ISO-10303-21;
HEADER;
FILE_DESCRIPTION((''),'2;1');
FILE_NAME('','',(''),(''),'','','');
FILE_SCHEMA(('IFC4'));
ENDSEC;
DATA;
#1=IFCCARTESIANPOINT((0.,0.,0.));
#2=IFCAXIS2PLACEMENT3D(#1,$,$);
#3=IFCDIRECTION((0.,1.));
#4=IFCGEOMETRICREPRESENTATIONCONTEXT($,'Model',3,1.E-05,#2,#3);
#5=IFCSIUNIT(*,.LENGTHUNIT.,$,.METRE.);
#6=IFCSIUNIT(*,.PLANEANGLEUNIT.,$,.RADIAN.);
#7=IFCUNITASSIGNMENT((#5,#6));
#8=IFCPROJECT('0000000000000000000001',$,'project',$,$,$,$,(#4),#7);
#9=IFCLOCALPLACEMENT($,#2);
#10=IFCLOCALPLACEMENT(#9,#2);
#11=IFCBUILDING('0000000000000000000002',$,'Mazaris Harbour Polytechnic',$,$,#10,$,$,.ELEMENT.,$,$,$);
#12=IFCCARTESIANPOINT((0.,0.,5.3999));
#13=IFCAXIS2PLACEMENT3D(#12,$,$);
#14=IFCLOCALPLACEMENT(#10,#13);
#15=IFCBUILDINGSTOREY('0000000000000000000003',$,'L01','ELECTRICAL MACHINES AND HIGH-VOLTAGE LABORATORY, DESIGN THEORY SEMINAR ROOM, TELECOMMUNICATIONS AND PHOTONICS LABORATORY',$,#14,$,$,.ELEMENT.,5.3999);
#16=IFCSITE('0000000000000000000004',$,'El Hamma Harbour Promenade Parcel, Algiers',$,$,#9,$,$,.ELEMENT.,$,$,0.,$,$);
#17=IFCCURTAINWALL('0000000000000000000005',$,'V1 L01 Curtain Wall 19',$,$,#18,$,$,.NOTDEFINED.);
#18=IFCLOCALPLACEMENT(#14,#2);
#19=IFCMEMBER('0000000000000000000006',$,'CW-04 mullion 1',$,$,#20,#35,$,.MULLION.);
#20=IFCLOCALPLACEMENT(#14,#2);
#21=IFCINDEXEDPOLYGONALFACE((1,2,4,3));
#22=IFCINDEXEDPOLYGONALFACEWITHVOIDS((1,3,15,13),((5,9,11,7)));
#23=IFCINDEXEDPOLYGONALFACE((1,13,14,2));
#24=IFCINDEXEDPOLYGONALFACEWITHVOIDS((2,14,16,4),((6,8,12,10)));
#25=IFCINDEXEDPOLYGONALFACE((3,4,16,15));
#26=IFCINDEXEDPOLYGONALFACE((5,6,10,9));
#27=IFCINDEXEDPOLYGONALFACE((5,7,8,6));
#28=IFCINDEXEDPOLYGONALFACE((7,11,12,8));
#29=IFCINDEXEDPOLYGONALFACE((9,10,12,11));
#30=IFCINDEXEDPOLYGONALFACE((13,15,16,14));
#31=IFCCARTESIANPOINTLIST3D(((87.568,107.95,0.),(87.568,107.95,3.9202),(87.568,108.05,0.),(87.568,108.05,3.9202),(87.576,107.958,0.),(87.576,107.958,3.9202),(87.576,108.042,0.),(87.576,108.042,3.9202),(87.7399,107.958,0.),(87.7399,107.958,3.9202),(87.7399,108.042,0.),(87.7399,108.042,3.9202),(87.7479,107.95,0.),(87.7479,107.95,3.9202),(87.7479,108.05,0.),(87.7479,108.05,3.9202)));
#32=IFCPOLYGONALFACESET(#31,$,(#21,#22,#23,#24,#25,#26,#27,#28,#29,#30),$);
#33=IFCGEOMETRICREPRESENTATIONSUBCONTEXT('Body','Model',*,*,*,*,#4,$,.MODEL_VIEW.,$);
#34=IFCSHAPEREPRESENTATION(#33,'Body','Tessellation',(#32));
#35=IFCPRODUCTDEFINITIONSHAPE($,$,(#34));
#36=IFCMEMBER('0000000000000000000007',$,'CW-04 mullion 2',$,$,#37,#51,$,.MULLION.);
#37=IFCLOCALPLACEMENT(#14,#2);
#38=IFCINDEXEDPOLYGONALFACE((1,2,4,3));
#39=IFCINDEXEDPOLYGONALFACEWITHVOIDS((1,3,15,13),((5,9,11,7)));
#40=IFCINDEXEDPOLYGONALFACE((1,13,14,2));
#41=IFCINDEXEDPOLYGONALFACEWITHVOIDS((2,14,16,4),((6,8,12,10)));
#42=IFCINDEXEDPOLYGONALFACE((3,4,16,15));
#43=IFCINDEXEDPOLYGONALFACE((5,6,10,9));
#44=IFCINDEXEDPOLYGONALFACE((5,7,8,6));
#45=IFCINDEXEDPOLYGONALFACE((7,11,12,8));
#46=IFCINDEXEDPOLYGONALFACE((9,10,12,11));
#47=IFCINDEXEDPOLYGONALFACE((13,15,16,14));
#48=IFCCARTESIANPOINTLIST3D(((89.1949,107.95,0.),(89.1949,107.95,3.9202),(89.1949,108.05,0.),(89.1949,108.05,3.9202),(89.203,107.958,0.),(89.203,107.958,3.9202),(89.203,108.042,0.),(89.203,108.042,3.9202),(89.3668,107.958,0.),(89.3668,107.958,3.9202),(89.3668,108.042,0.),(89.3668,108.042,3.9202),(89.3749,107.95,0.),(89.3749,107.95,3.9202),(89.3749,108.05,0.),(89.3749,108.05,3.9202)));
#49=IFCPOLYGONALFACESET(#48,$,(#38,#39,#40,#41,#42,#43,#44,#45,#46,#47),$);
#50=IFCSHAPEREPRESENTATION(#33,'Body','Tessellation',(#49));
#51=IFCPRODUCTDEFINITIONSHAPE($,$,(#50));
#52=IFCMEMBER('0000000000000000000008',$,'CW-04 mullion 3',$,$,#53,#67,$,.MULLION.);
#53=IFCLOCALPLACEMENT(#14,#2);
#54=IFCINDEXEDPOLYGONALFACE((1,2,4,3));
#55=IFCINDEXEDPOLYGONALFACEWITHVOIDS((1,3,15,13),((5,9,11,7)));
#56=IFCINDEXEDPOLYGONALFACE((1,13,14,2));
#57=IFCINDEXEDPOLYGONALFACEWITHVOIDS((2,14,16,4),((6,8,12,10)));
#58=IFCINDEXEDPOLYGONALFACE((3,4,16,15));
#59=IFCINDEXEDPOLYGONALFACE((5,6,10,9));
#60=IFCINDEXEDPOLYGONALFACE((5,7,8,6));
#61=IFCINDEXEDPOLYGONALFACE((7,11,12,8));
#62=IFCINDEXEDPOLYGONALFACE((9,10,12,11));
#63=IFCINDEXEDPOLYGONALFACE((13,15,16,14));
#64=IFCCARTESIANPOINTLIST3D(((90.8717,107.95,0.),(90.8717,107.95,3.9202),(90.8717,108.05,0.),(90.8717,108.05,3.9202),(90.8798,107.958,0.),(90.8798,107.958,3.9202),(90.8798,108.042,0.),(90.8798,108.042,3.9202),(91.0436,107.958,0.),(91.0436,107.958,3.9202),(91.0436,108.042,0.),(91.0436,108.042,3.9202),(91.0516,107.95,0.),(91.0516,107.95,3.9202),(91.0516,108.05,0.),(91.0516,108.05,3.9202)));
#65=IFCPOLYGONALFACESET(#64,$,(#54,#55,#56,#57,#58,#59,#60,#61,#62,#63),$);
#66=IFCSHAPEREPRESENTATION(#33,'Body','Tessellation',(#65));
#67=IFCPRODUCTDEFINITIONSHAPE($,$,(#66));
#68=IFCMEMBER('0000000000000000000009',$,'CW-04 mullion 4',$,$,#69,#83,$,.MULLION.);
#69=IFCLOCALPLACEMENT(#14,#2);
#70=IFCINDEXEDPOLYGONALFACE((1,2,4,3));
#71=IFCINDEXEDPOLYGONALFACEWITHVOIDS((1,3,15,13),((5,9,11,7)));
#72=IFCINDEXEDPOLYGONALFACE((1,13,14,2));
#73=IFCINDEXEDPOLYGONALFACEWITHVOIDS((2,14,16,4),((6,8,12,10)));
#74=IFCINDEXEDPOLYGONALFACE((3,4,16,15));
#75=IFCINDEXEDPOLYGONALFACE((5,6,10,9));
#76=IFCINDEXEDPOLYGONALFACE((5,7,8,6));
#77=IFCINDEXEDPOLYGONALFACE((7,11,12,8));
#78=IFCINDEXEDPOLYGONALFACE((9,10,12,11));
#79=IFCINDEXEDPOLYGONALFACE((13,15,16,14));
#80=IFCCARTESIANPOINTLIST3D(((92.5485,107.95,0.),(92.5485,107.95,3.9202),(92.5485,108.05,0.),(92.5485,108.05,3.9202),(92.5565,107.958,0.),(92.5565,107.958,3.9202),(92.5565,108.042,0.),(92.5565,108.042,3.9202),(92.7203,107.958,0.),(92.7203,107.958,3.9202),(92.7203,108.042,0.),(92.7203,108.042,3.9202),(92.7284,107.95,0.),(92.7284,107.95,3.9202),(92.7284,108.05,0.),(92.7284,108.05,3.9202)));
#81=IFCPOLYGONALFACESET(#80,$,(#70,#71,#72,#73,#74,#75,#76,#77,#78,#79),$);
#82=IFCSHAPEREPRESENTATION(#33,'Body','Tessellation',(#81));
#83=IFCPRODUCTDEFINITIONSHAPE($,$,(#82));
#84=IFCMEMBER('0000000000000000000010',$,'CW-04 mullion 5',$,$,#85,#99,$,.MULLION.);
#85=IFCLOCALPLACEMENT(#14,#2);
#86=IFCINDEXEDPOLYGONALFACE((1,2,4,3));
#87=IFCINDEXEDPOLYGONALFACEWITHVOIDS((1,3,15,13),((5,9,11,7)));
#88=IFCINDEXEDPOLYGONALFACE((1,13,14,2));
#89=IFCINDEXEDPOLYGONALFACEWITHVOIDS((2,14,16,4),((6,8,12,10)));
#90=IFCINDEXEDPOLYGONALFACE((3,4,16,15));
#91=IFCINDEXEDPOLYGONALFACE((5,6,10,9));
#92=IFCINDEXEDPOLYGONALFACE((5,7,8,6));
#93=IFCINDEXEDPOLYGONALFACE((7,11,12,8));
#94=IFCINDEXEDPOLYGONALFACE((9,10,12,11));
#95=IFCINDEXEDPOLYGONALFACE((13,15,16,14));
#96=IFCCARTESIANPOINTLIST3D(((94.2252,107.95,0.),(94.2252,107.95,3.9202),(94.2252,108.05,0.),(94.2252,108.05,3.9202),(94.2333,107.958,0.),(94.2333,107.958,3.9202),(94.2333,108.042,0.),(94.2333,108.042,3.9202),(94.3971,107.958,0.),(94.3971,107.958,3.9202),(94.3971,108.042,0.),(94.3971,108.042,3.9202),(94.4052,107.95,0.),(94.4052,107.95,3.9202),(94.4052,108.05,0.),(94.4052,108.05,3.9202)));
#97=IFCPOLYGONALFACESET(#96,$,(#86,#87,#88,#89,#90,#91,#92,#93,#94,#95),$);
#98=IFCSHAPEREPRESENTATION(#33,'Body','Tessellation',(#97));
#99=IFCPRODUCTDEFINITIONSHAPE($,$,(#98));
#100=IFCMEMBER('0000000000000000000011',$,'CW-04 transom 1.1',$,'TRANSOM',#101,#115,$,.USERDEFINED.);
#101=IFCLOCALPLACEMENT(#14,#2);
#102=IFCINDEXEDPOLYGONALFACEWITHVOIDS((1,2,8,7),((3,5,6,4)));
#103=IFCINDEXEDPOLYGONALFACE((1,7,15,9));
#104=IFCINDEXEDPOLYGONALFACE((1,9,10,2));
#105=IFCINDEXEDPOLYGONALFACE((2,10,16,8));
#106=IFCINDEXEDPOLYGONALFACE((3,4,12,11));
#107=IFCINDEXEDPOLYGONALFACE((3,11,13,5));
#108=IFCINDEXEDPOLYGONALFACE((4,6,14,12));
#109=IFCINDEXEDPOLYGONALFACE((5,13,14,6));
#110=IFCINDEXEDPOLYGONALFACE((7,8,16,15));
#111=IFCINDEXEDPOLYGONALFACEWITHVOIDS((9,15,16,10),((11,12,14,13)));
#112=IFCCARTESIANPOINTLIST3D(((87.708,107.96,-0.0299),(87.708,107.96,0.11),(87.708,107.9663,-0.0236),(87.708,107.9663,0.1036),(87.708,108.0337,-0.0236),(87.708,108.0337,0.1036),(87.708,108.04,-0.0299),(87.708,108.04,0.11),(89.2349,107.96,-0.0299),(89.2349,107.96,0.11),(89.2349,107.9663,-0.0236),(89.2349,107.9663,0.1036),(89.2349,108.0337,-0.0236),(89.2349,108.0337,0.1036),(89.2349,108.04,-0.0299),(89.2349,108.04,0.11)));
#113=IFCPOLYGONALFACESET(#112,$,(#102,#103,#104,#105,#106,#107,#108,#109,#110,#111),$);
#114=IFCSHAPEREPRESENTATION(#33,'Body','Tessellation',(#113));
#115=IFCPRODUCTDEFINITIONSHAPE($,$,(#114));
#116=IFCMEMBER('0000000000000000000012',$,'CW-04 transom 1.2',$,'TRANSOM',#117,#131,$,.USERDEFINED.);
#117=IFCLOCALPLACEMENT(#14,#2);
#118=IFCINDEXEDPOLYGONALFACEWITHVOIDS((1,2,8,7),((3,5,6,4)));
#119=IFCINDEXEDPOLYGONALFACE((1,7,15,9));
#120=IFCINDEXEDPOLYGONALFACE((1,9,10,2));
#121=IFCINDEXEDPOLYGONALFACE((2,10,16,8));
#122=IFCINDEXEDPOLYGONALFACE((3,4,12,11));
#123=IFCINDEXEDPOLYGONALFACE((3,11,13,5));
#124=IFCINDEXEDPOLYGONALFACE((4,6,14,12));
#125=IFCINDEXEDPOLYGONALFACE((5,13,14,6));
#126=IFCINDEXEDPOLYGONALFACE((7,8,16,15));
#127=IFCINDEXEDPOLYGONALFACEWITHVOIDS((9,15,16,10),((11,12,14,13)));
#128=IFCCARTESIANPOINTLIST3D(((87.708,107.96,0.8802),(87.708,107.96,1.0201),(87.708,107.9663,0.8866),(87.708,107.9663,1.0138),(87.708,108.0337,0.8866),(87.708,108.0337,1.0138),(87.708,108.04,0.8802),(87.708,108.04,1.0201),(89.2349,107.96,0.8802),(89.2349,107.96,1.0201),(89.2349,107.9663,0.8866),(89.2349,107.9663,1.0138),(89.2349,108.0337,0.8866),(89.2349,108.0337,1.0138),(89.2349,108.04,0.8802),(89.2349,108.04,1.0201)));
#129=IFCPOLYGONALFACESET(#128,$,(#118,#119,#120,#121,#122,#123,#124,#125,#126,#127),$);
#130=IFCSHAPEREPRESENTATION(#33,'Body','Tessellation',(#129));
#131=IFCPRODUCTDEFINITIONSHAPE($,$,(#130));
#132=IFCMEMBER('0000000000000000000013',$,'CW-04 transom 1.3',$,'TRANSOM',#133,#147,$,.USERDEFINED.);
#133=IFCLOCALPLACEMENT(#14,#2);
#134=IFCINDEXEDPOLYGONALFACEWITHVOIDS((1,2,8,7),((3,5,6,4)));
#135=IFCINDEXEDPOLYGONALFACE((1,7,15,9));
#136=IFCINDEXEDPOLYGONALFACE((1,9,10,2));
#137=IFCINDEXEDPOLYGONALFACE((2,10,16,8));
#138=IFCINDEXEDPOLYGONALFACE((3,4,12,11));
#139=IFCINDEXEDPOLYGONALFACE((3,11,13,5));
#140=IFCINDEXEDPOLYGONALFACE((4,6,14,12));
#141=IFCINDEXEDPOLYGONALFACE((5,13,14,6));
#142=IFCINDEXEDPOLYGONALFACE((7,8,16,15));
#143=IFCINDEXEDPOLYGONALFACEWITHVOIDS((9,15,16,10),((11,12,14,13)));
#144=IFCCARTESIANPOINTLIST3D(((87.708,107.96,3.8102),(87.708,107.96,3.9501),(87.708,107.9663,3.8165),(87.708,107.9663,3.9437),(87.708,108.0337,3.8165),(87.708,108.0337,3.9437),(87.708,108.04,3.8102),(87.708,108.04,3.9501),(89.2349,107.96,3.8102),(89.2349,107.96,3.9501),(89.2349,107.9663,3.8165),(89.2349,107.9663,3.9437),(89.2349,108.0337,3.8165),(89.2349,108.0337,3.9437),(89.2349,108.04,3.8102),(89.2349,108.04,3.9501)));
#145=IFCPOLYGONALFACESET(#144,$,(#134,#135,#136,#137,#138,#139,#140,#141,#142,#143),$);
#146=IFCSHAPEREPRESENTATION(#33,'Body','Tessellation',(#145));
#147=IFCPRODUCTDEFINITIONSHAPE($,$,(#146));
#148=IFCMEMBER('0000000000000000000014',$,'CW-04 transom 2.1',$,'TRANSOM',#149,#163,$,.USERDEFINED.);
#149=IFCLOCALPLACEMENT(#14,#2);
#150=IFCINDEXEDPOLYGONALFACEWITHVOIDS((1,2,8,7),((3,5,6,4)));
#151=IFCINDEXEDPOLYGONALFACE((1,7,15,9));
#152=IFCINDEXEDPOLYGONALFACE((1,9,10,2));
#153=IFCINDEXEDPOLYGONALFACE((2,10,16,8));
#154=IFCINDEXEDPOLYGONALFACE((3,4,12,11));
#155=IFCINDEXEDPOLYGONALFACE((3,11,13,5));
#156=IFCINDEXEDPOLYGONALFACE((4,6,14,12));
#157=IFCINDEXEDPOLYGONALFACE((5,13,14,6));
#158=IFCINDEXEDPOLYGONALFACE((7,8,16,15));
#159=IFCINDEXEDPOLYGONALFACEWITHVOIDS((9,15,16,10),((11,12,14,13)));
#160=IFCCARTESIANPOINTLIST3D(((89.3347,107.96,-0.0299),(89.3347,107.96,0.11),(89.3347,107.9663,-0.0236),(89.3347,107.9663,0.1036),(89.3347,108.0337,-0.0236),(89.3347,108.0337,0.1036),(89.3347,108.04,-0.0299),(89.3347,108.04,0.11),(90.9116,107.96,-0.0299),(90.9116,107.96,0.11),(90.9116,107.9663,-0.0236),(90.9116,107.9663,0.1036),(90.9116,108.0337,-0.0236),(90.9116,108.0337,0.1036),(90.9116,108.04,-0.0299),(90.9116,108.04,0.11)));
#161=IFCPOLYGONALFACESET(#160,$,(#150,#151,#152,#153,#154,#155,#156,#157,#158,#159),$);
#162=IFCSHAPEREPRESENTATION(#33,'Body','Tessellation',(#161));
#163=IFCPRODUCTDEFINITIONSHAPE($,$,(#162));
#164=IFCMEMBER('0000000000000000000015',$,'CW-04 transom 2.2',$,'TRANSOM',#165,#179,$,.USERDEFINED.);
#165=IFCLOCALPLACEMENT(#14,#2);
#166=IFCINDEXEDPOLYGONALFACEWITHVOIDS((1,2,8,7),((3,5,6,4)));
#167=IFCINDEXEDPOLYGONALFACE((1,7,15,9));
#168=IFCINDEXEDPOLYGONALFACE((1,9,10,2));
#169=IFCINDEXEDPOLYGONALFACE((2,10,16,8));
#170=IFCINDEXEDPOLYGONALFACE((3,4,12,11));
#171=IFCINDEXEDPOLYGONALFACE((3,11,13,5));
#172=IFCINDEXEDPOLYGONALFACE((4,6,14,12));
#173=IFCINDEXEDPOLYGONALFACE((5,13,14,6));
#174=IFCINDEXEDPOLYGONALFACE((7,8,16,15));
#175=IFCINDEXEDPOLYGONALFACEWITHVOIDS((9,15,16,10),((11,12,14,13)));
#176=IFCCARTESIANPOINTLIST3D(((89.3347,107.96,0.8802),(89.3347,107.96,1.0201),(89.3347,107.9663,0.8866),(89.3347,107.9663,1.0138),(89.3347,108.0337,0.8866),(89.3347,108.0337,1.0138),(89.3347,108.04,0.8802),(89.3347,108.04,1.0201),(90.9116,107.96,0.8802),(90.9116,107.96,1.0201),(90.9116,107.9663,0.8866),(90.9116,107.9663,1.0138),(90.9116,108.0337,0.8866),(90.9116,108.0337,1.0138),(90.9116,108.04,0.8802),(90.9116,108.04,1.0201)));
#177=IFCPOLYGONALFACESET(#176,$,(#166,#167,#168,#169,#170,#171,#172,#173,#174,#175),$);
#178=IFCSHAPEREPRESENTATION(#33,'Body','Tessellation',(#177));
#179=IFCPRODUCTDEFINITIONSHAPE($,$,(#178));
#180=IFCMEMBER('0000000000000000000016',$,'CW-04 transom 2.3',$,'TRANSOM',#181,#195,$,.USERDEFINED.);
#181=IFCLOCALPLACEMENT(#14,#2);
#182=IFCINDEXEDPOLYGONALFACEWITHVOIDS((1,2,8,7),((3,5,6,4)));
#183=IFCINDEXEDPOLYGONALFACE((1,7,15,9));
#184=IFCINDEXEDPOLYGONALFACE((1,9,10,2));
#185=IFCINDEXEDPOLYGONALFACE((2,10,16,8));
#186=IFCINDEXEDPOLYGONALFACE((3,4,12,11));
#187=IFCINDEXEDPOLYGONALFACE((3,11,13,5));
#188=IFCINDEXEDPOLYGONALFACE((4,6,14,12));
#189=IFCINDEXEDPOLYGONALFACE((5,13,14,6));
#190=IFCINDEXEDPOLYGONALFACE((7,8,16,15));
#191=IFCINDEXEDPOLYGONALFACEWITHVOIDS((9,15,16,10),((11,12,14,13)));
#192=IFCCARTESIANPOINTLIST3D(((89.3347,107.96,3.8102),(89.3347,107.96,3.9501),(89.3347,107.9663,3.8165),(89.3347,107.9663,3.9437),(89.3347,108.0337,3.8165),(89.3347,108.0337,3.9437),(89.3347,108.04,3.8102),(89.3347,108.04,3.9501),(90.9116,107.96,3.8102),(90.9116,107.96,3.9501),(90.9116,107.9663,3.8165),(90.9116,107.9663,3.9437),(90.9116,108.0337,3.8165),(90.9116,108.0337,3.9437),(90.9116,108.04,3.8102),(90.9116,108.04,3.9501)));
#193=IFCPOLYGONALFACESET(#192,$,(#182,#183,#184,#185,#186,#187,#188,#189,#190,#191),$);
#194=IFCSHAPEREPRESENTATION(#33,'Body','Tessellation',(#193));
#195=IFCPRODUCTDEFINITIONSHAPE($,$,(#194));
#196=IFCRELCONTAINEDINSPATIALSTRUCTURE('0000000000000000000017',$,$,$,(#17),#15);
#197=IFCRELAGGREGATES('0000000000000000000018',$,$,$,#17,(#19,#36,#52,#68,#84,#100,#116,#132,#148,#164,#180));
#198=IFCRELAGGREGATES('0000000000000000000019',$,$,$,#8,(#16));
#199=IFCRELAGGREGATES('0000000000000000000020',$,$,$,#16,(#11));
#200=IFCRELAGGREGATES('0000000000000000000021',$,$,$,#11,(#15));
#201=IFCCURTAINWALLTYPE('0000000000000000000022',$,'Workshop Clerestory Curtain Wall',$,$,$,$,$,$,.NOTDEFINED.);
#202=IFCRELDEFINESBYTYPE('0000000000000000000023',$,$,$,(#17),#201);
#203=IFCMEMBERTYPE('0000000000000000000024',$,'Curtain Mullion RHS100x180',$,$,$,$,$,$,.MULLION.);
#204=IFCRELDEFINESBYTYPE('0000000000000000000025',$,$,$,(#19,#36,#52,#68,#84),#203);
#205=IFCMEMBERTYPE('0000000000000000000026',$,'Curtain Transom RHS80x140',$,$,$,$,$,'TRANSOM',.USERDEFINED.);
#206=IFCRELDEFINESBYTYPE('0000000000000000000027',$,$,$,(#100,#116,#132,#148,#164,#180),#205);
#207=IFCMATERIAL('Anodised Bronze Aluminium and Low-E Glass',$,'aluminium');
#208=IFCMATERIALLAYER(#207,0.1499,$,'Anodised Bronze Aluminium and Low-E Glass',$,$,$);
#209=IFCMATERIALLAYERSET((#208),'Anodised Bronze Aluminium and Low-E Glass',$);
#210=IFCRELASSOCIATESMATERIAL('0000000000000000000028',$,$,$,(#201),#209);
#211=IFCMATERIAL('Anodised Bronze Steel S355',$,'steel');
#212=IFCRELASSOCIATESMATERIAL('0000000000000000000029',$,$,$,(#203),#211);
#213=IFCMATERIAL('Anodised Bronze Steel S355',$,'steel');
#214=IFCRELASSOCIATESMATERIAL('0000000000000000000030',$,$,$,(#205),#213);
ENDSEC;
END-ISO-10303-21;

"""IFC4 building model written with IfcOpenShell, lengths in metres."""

from ifc_helpers import new_model, si_unit, direction, frame, origin, origin_2d, place, context, subcontext, project, spatial, hollow_rectangle, extrude, material, layer, layer_set, material_profile, profile_set, type_object, element, aggregate, save


model = new_model("IFC4")

# Units and contexts
model_context = context("Model", 3, precision=1e-05, world=origin(), true_north=direction((0.0, 1.0)))
body_context = subcontext(model_context, "Body", "Model", "MODEL_VIEW")
ifc_project = project(units=[si_unit("LENGTHUNIT", "METRE"), si_unit("PLANEANGLEUNIT", "RADIAN")], contexts=[model_context])

# Site, building, storey
site_placement = place(None, origin())
site = spatial("IfcSite", under=ifc_project, at=site_placement, Name="El Hamma Harbour Promenade Parcel, Algiers", CompositionType="ELEMENT", RefElevation=0.0)
building_placement = place(site_placement, origin())
building = spatial("IfcBuilding", under=site, at=building_placement, Name="Mazaris Harbour Polytechnic", CompositionType="ELEMENT")
storey_placement = place(building_placement, frame((0.0, 0.0, 5.3999)))
storey = spatial("IfcBuildingStorey", under=building, at=storey_placement, Name="L01", Description="ELECTRICAL MACHINES AND HIGH-VOLTAGE LABORATORY, DESIGN THEORY SEMINAR ROOM, TELECOMMUNICATIONS AND PHOTONICS LABORATORY", CompositionType="ELEMENT", Elevation=5.3999)

# Curtain wall, members
ifc_material_1 = material(Name="Anodised Bronze Aluminium and Low-E Glass", Category="aluminium")
ifc_layer_1 = layer(ifc_material_1, 0.1499, Name="Anodised Bronze Aluminium and Low-E Glass")
ifc_layer_set_1 = layer_set([ifc_layer_1], Name="Anodised Bronze Aluminium and Low-E Glass")
curtain_wall_type = type_object("IfcCurtainWallType", Name="Workshop Clerestory Curtain Wall", PredefinedType="NOTDEFINED", material=ifc_layer_set_1)
curtain_wall_placement = place(storey_placement, origin())
curtain_wall = element("IfcCurtainWall", 1, at=curtain_wall_placement, inside=storey, type_object=curtain_wall_type, Name="V1 L01 Curtain Wall 19", PredefinedType="NOTDEFINED")
ifc_material_2 = material(Name="Anodised Bronze Steel S355", Category="steel")
ifc_material_profile_1 = material_profile(ifc_material_2, hollow_rectangle(XDim=0.1001, YDim=0.1799, WallThickness=0.0081, at=origin_2d()), Name="RHS 100x180x8.0")
ifc_profile_set_1 = profile_set([ifc_material_profile_1], Name="Anodised Bronze Steel S355")
member_type_1 = type_object("IfcMemberType", Name="Curtain Mullion RHS100x180", PredefinedType="MULLION", material=ifc_profile_set_1)
member_1_placement = place(storey_placement, frame((87.658, 108.0, 0.0), z_axis=(0.0, 0.0, 1.0), x_axis=(0.0, 1.0, 0.0)))
member_1 = element("IfcMember", 2, at=member_1_placement, type_object=member_type_1, Name="CW-04 mullion 1", PredefinedType="MULLION", context=body_context, shape_type="SweptSolid", body=[
    extrude(hollow_rectangle(XDim=0.1001, YDim=0.1799, WallThickness=0.0081, at=origin_2d()), origin(), (0.0, 0.0, 1.0), 3.9202),
])
member_2_placement = place(storey_placement, frame((89.2849, 108.0, 0.0), z_axis=(0.0, 0.0, 1.0), x_axis=(0.0, 1.0, 0.0)))
member_2 = element("IfcMember", 3, at=member_2_placement, type_object=member_type_1, Name="CW-04 mullion 2", PredefinedType="MULLION", context=body_context, shape_type="SweptSolid", body=[
    extrude(hollow_rectangle(XDim=0.1001, YDim=0.1799, WallThickness=0.0081, at=origin_2d()), origin(), (0.0, 0.0, 1.0), 3.9202),
])
member_3_placement = place(storey_placement, frame((90.9617, 108.0, 0.0), z_axis=(0.0, 0.0, 1.0), x_axis=(0.0, 1.0, 0.0)))
member_3 = element("IfcMember", 4, at=member_3_placement, type_object=member_type_1, Name="CW-04 mullion 3", PredefinedType="MULLION", context=body_context, shape_type="SweptSolid", body=[
    extrude(hollow_rectangle(XDim=0.1001, YDim=0.1799, WallThickness=0.0081, at=origin_2d()), origin(), (0.0, 0.0, 1.0), 3.9202),
])
member_4_placement = place(storey_placement, frame((92.6384, 108.0, 0.0), z_axis=(0.0, 0.0, 1.0), x_axis=(0.0, 1.0, 0.0)))
member_4 = element("IfcMember", 5, at=member_4_placement, type_object=member_type_1, Name="CW-04 mullion 4", PredefinedType="MULLION", context=body_context, shape_type="SweptSolid", body=[
    extrude(hollow_rectangle(XDim=0.1001, YDim=0.1799, WallThickness=0.0081, at=origin_2d()), origin(), (0.0, 0.0, 1.0), 3.9202),
])
member_5_placement = place(storey_placement, frame((94.3152, 108.0, 0.0), z_axis=(0.0, 0.0, 1.0), x_axis=(0.0, 1.0, 0.0)))
member_5 = element("IfcMember", 6, at=member_5_placement, type_object=member_type_1, Name="CW-04 mullion 5", PredefinedType="MULLION", context=body_context, shape_type="SweptSolid", body=[
    extrude(hollow_rectangle(XDim=0.1001, YDim=0.1799, WallThickness=0.0081, at=origin_2d()), origin(), (0.0, 0.0, 1.0), 3.9202),
])
ifc_material_3 = material(Name="Anodised Bronze Steel S355", Category="steel")
ifc_material_profile_2 = material_profile(ifc_material_3, hollow_rectangle(XDim=0.0801, YDim=0.1399, WallThickness=0.0063, at=origin_2d()), Name="RHS 80x140x6.3")
ifc_profile_set_2 = profile_set([ifc_material_profile_2], Name="Anodised Bronze Steel S355")
member_type_2 = type_object("IfcMemberType", Name="Curtain Transom RHS80x140", ElementType="TRANSOM", PredefinedType="USERDEFINED", material=ifc_profile_set_2)
member_6_placement = place(storey_placement, frame((87.708, 108.0, 0.04), z_axis=(1.0, 0.0, 0.0), x_axis=(0.0, 1.0, 0.0)))
member_6 = element("IfcMember", 7, at=member_6_placement, type_object=member_type_2, Name="CW-04 transom 1.1", ObjectType="TRANSOM", PredefinedType="USERDEFINED", context=body_context, shape_type="SweptSolid", body=[
    extrude(hollow_rectangle(XDim=0.0801, YDim=0.1399, WallThickness=0.0063, at=origin_2d()), origin(), (0.0, 0.0, 1.0), 1.5269),
])
member_7_placement = place(storey_placement, frame((87.708, 108.0, 0.9502), z_axis=(1.0, 0.0, 0.0), x_axis=(0.0, 1.0, 0.0)))
member_7 = element("IfcMember", 8, at=member_7_placement, type_object=member_type_2, Name="CW-04 transom 1.2", ObjectType="TRANSOM", PredefinedType="USERDEFINED", context=body_context, shape_type="SweptSolid", body=[
    extrude(hollow_rectangle(XDim=0.0801, YDim=0.1399, WallThickness=0.0063, at=origin_2d()), origin(), (0.0, 0.0, 1.0), 1.5269),
])
member_8_placement = place(storey_placement, frame((87.708, 108.0, 3.8801), z_axis=(1.0, 0.0, 0.0), x_axis=(0.0, 1.0, 0.0)))
member_8 = element("IfcMember", 9, at=member_8_placement, type_object=member_type_2, Name="CW-04 transom 1.3", ObjectType="TRANSOM", PredefinedType="USERDEFINED", context=body_context, shape_type="SweptSolid", body=[
    extrude(hollow_rectangle(XDim=0.0801, YDim=0.1399, WallThickness=0.0063, at=origin_2d()), origin(), (0.0, 0.0, 1.0), 1.5269),
])
member_9_placement = place(storey_placement, frame((89.3347, 108.0, 0.04), z_axis=(1.0, 0.0, 0.0), x_axis=(0.0, 1.0, 0.0)))
member_9 = element("IfcMember", 10, at=member_9_placement, type_object=member_type_2, Name="CW-04 transom 2.1", ObjectType="TRANSOM", PredefinedType="USERDEFINED", context=body_context, shape_type="SweptSolid", body=[
    extrude(hollow_rectangle(XDim=0.0801, YDim=0.1399, WallThickness=0.0063, at=origin_2d()), origin(), (0.0, 0.0, 1.0), 1.5769),
])
member_10_placement = place(storey_placement, frame((89.3347, 108.0, 0.9502), z_axis=(1.0, 0.0, 0.0), x_axis=(0.0, 1.0, 0.0)))
member_10 = element("IfcMember", 11, at=member_10_placement, type_object=member_type_2, Name="CW-04 transom 2.2", ObjectType="TRANSOM", PredefinedType="USERDEFINED", context=body_context, shape_type="SweptSolid", body=[
    extrude(hollow_rectangle(XDim=0.0801, YDim=0.1399, WallThickness=0.0063, at=origin_2d()), origin(), (0.0, 0.0, 1.0), 1.5769),
])
member_11_placement = place(storey_placement, frame((89.3347, 108.0, 3.8801), z_axis=(1.0, 0.0, 0.0), x_axis=(0.0, 1.0, 0.0)))
member_11 = element("IfcMember", 12, at=member_11_placement, type_object=member_type_2, Name="CW-04 transom 2.3", ObjectType="TRANSOM", PredefinedType="USERDEFINED", context=body_context, shape_type="SweptSolid", body=[
    extrude(hollow_rectangle(XDim=0.0801, YDim=0.1399, WallThickness=0.0063, at=origin_2d()), origin(), (0.0, 0.0, 1.0), 1.5769),
])
aggregate(curtain_wall, [member_1, member_2, member_3, member_4, member_5, member_6, member_7, member_8, member_9, member_10, member_11])

save(model, "model.ifc")
